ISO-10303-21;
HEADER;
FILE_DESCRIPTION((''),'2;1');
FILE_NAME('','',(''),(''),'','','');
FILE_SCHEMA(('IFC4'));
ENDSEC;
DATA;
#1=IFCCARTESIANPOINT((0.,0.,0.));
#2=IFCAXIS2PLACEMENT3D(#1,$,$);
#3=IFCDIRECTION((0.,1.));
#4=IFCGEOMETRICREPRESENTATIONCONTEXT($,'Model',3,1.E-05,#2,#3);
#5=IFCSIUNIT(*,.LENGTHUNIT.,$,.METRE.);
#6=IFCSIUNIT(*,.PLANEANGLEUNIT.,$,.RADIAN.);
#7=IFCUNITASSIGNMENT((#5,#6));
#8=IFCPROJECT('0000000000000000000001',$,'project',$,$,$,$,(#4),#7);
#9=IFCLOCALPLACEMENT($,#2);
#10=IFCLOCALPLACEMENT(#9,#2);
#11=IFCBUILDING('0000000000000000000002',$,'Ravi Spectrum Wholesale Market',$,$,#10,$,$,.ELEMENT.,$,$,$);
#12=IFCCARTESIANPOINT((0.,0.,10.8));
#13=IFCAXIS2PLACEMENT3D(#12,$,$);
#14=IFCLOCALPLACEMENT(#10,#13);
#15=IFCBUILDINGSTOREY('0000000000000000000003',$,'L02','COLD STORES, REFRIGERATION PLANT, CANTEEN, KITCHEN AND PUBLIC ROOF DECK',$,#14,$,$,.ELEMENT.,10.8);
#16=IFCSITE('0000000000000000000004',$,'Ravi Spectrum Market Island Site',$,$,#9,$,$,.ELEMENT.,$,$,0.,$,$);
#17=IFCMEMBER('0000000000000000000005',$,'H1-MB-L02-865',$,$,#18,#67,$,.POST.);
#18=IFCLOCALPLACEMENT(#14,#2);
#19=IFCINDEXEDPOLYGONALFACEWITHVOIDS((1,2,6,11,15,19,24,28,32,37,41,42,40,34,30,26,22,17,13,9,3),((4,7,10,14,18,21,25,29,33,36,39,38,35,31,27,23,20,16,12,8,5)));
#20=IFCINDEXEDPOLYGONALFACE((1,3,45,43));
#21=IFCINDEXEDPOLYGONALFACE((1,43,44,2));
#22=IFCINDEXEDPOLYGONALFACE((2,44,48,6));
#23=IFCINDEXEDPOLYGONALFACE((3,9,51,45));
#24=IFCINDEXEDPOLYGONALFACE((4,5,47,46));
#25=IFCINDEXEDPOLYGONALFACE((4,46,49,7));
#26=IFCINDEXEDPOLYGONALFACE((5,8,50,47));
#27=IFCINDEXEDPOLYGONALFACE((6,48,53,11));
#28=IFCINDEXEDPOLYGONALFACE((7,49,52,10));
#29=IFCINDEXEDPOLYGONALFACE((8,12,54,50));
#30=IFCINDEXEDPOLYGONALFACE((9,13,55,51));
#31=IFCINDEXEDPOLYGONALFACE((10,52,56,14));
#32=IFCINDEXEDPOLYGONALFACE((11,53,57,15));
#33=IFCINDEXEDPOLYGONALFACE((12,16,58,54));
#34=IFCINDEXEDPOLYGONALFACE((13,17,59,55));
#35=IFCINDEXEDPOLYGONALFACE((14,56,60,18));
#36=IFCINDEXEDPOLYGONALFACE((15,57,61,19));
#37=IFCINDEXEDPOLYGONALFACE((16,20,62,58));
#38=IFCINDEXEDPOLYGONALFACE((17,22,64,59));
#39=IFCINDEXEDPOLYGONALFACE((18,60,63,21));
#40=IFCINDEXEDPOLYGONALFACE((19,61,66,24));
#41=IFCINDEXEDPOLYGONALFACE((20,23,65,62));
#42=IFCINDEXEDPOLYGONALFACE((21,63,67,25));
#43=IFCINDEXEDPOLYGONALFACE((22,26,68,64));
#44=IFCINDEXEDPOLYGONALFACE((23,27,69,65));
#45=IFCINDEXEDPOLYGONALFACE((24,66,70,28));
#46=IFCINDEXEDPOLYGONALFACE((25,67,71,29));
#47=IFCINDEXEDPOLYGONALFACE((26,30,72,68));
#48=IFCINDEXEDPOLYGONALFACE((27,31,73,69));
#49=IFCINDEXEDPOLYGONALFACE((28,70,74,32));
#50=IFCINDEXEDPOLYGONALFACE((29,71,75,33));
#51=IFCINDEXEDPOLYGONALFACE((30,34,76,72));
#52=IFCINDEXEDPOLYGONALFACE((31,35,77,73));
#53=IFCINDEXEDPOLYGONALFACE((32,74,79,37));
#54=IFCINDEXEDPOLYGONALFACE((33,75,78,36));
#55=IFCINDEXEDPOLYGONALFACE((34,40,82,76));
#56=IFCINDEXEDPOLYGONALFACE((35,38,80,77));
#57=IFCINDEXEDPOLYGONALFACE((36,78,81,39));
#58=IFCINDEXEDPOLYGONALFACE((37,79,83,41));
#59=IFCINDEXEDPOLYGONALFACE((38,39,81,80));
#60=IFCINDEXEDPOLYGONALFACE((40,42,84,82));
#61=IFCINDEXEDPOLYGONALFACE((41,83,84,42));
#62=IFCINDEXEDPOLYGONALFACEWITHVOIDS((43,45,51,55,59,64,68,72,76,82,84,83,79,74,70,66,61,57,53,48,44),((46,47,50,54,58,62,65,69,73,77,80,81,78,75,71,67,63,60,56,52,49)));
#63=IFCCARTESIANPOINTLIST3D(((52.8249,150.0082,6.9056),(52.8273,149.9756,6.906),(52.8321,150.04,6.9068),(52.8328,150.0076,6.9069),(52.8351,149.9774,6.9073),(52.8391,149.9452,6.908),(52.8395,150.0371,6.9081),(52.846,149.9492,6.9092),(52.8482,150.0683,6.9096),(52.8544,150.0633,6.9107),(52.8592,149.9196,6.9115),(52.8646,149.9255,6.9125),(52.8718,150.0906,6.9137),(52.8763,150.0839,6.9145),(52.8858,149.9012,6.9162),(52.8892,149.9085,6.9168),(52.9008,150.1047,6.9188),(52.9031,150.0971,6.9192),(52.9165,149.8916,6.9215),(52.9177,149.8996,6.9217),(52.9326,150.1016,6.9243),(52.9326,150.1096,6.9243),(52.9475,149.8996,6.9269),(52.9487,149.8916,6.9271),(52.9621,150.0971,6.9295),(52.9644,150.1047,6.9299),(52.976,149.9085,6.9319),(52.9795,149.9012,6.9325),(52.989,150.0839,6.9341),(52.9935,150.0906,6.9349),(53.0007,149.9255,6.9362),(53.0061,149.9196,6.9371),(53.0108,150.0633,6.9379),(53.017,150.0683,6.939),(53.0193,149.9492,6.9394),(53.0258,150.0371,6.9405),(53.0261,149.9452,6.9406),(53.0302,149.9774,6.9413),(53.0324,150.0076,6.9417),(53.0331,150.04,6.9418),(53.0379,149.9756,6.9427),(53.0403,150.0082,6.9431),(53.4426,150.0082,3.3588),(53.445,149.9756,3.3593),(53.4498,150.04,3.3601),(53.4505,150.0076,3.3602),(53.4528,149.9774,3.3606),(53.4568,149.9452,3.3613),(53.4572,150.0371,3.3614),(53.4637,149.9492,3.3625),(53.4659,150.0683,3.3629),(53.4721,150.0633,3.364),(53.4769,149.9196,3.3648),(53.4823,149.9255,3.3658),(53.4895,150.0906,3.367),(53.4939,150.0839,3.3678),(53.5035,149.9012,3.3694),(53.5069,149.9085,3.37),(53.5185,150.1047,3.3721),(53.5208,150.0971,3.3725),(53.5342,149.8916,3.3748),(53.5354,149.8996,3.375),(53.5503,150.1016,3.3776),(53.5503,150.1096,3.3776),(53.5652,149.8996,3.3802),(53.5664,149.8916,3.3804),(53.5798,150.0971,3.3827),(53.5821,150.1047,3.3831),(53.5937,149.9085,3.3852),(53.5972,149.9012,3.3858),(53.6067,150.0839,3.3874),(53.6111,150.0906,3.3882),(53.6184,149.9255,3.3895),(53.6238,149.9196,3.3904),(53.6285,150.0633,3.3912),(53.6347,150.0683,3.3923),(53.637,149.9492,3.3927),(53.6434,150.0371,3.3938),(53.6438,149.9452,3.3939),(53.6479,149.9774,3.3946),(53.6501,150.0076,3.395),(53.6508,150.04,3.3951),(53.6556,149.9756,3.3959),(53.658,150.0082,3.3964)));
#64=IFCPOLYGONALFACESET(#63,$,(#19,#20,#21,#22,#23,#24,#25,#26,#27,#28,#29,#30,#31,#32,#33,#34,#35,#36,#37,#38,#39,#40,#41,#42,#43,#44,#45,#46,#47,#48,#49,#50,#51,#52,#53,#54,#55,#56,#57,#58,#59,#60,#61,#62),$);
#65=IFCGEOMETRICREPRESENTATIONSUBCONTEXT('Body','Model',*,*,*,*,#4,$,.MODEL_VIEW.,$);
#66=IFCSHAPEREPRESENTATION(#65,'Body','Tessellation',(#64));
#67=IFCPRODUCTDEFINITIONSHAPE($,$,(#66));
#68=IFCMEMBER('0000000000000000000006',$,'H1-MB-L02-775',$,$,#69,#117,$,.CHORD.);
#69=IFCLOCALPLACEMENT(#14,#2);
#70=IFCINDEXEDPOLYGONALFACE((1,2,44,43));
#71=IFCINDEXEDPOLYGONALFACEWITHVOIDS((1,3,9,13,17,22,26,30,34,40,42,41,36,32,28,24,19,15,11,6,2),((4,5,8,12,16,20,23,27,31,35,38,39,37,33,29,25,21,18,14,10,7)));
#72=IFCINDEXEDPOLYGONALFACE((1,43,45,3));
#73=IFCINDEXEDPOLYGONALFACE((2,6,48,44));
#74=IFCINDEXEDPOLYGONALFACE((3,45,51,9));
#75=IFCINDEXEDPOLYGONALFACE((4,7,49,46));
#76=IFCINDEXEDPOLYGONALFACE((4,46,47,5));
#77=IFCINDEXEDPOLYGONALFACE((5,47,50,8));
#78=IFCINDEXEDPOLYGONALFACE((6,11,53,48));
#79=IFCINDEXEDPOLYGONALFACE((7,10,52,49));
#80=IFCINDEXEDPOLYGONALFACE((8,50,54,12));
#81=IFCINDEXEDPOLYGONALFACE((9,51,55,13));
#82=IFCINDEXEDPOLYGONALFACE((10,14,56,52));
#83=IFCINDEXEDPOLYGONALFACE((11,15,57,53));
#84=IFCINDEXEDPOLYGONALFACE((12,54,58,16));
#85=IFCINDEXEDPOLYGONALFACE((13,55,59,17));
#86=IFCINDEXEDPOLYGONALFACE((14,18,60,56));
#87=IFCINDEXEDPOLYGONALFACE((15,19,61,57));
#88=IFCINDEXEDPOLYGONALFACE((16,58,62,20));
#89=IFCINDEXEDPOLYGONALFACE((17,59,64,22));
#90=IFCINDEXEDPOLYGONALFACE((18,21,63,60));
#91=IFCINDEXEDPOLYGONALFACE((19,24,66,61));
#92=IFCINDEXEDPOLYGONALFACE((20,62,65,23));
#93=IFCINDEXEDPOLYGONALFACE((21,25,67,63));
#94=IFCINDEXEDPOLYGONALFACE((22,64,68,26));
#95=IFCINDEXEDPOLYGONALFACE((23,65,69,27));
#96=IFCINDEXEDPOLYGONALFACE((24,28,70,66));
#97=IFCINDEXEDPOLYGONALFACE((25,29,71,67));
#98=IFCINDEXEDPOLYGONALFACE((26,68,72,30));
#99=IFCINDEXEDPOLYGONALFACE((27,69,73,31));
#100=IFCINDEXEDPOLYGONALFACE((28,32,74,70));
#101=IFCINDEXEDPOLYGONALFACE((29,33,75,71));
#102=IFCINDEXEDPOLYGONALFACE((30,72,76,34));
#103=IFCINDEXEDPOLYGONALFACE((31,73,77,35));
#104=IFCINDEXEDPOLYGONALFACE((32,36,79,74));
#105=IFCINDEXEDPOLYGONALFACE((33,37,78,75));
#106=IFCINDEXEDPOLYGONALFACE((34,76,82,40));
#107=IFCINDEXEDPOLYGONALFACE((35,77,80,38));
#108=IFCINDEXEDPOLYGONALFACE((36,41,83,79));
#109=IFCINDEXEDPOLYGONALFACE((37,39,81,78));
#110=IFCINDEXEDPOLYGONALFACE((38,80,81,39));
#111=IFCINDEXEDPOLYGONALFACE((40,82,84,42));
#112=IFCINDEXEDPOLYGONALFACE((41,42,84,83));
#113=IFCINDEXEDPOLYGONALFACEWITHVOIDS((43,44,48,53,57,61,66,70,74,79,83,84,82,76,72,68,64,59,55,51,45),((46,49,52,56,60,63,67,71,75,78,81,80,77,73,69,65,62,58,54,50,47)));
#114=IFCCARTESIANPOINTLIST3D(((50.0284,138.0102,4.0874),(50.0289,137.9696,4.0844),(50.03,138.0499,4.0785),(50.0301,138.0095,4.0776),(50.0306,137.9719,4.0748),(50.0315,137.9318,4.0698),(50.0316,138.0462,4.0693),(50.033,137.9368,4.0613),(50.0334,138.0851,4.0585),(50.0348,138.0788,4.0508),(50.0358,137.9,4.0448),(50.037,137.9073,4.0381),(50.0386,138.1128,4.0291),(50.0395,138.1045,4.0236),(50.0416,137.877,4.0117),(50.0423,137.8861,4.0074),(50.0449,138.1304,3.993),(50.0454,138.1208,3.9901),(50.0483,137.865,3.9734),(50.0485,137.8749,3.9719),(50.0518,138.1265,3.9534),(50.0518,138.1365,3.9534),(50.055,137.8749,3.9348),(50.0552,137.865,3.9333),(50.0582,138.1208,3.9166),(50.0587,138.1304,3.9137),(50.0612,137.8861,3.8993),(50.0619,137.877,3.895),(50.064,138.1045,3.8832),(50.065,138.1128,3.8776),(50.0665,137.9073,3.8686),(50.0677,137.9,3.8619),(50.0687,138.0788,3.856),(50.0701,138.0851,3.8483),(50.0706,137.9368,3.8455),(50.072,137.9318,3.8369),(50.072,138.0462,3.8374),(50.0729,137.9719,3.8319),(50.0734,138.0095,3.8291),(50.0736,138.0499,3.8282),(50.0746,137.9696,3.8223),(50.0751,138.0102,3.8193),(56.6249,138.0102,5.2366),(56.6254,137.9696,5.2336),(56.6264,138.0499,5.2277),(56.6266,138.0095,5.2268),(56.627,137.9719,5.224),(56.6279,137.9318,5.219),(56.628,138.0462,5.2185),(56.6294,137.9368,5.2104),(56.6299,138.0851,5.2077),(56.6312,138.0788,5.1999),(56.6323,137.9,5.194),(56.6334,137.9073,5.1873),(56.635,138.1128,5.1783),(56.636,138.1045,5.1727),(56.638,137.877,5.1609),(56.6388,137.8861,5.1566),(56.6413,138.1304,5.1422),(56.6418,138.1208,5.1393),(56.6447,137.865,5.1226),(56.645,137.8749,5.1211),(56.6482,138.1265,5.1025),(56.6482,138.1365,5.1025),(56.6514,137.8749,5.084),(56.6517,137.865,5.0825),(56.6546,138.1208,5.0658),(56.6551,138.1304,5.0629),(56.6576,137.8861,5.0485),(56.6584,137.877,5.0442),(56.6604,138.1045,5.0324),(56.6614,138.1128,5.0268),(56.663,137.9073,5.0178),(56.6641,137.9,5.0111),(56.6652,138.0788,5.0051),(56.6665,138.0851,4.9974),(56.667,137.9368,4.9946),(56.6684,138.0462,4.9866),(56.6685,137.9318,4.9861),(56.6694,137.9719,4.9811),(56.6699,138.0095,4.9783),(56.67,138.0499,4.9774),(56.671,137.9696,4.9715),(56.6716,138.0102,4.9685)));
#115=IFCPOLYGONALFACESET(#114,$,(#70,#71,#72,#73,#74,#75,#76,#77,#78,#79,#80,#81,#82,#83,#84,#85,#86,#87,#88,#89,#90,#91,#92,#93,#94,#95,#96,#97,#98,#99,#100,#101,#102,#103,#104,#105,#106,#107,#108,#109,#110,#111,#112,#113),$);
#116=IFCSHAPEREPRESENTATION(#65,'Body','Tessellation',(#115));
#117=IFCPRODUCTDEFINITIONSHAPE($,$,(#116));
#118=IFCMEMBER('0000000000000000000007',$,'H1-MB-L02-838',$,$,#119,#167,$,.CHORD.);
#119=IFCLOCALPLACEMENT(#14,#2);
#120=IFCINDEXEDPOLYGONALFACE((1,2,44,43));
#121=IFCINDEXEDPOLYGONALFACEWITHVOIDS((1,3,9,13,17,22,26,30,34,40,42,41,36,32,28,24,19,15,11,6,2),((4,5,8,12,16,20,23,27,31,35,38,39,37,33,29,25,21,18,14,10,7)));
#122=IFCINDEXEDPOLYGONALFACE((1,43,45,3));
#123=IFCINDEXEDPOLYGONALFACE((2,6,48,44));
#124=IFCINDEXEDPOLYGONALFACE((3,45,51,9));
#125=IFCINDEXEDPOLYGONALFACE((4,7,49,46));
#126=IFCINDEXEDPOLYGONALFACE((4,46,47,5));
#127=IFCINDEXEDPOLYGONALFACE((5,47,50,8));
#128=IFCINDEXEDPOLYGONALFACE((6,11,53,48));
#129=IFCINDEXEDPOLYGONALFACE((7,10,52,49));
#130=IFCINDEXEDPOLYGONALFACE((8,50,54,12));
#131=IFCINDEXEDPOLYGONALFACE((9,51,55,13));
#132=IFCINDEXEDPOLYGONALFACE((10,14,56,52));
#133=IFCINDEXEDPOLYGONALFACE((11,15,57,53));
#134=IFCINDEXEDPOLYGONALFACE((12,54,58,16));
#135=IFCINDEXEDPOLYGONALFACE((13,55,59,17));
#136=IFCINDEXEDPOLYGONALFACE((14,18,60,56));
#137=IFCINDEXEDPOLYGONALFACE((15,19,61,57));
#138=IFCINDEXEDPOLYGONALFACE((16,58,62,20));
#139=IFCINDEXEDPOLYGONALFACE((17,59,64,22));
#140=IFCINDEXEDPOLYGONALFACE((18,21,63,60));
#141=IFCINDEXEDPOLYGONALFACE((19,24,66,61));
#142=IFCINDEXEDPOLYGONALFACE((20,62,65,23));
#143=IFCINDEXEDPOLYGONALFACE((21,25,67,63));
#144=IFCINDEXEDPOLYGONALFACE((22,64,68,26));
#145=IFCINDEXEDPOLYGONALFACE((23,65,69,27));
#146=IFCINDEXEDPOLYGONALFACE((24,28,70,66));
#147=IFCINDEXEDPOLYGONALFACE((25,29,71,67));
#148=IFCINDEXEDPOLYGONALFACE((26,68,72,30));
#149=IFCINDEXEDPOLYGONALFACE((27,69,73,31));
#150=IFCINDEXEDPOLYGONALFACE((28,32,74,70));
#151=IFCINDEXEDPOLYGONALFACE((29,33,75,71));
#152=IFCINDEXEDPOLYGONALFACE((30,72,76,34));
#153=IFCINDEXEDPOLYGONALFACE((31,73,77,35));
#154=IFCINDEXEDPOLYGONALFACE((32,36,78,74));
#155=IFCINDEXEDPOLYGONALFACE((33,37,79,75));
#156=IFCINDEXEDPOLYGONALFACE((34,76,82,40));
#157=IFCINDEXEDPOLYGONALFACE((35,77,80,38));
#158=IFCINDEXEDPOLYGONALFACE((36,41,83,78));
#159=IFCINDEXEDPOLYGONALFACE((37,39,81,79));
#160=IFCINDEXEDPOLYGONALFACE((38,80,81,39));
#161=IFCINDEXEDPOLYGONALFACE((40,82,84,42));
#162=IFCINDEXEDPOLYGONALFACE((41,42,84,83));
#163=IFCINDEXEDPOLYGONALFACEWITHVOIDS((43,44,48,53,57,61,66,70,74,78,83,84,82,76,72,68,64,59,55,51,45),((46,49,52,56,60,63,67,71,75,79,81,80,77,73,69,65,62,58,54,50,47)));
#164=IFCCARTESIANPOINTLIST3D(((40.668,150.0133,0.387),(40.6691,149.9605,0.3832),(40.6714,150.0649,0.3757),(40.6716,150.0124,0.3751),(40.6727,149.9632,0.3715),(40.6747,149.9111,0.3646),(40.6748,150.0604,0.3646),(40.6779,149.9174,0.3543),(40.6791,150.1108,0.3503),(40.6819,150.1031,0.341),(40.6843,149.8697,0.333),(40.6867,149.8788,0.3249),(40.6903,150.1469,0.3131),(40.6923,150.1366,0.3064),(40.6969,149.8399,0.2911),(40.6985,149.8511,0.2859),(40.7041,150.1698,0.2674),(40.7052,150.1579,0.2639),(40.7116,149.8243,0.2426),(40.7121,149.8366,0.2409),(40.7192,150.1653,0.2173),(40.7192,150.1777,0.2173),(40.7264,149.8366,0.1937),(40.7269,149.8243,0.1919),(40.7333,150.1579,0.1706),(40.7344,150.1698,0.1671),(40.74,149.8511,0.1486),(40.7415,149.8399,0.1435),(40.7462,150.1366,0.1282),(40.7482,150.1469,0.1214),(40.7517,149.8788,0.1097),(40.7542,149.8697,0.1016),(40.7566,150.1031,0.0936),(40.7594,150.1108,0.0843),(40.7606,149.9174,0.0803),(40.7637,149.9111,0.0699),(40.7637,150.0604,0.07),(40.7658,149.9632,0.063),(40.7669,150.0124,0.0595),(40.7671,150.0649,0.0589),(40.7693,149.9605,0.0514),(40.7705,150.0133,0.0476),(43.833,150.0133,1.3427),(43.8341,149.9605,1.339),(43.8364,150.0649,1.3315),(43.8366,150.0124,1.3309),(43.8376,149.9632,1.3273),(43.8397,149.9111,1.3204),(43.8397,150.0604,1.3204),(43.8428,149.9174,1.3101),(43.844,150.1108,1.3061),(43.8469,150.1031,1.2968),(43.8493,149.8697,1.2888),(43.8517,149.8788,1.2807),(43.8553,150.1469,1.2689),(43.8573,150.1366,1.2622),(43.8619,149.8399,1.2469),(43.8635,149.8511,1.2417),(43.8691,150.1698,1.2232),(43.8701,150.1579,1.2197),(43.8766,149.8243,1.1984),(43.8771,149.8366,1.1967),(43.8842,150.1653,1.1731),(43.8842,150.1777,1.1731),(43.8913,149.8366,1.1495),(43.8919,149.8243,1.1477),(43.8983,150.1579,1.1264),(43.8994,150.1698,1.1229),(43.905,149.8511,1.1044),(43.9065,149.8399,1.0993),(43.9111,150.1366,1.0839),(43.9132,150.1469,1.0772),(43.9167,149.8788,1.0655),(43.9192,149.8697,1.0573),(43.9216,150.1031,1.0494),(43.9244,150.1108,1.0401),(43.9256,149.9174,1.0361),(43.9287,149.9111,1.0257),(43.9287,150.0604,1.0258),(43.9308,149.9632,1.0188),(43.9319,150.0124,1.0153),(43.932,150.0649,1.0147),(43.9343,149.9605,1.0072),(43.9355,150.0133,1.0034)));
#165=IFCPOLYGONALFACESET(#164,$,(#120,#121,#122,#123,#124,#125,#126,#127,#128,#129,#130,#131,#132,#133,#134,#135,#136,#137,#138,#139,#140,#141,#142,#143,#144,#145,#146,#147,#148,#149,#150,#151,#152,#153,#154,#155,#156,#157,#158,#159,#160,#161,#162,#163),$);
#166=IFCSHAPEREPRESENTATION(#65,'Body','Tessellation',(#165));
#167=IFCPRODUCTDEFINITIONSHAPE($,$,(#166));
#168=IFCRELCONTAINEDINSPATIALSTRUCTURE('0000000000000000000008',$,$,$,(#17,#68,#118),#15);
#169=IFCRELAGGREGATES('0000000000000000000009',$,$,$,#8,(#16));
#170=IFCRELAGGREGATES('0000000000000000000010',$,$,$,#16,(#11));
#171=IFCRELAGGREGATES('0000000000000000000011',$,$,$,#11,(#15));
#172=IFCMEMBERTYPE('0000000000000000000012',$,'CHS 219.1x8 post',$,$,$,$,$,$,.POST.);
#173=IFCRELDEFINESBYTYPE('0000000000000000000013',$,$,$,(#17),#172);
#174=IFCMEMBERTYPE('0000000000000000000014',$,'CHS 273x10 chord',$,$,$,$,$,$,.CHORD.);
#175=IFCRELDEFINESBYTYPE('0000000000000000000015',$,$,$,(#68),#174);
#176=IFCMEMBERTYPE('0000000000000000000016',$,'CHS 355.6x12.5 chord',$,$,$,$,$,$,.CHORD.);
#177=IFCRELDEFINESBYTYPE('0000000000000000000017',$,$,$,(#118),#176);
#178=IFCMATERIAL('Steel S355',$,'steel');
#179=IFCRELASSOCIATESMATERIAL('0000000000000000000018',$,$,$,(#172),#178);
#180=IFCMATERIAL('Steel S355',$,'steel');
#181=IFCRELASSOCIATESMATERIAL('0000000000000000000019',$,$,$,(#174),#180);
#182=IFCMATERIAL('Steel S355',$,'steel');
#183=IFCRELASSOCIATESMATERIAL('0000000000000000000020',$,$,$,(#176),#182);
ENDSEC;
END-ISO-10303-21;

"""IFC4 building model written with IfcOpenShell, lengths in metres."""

from ifc_helpers import new_model, si_unit, direction, frame, origin, origin_2d, place, context, subcontext, project, spatial, hollow_circle, extrude, material, material_profile, profile_set, type_object, element, save


model = new_model("IFC4")

# Units and contexts
model_context = context("Model", 3, precision=1e-05, world=origin(), true_north=direction((0.0, 1.0)))
body_context = subcontext(model_context, "Body", "Model", "MODEL_VIEW")
ifc_project = project(units=[si_unit("LENGTHUNIT", "METRE"), si_unit("PLANEANGLEUNIT", "RADIAN")], contexts=[model_context])

# Site, building, storey
site_placement = place(None, origin())
site = spatial("IfcSite", under=ifc_project, at=site_placement, Name="Ravi Spectrum Market Island Site", CompositionType="ELEMENT", RefElevation=0.0)
building_placement = place(site_placement, origin())
building = spatial("IfcBuilding", under=site, at=building_placement, Name="Ravi Spectrum Wholesale Market", CompositionType="ELEMENT")
storey_placement = place(building_placement, frame((0.0, 0.0, 10.8)))
storey = spatial("IfcBuildingStorey", under=building, at=storey_placement, Name="L02", Description="COLD STORES, REFRIGERATION PLANT, CANTEEN, KITCHEN AND PUBLIC ROOF DECK", CompositionType="ELEMENT", Elevation=10.8)

# Members
ifc_material_1 = material(Name="Steel S355", Category="steel")
ifc_material_profile_1 = material_profile(ifc_material_1, hollow_circle(Radius=0.1096, WallThickness=0.0081, at=origin_2d()))
ifc_profile_set_1 = profile_set([ifc_material_profile_1], Name="Steel S355")
member_type_1 = type_object("IfcMemberType", Name="CHS 219.1x8 post", PredefinedType="POST", material=ifc_profile_set_1)
for number, where, z_axis, x_axis, name in (
    (1, (52.9326, 150.0, 6.9243), (0.171576, 0.0, -0.985171), (0.0, 1.0, 0.0), "H1-MB-L02-865"),
):
    element("IfcMember", number, at=place(storey_placement, frame(where, z_axis=z_axis, x_axis=x_axis)), inside=storey, type_object=member_type_1, Name=name, PredefinedType="POST", context=body_context, shape_type="SweptSolid", body=[
        extrude(hollow_circle(Radius=0.1096, WallThickness=0.0081, at=origin_2d()), origin(), (0.0, 0.0, 1.0), 3.6001),
    ])
ifc_material_2 = material(Name="Steel S355", Category="steel")
ifc_material_profile_2 = material_profile(ifc_material_2, hollow_circle(Radius=0.1365, WallThickness=0.01, at=origin_2d()))
ifc_profile_set_2 = profile_set([ifc_material_profile_2], Name="Steel S355")
member_type_2 = type_object("IfcMemberType", Name="CHS 273x10 chord", PredefinedType="CHORD", material=ifc_profile_set_2)
member_1_placement = place(storey_placement, frame((50.0518, 138.0, 3.9534), z_axis=(0.985162, 0.0, 0.171626), x_axis=(0.0, 1.0, 0.0)))
element("IfcMember", 2, at=member_1_placement, inside=storey, type_object=member_type_2, Name="H1-MB-L02-775", PredefinedType="CHORD", context=body_context, shape_type="SweptSolid", body=[
    extrude(hollow_circle(Radius=0.1365, WallThickness=0.01, at=origin_2d()), origin(), (0.0, 0.0, 1.0), 6.6958),
])
ifc_material_3 = material(Name="Steel S355", Category="steel")
ifc_material_profile_3 = material_profile(ifc_material_3, hollow_circle(Radius=0.1777, WallThickness=0.0125, at=origin_2d()))
ifc_profile_set_3 = profile_set([ifc_material_profile_3], Name="Steel S355")
member_type_3 = type_object("IfcMemberType", Name="CHS 355.6x12.5 chord", PredefinedType="CHORD", material=ifc_profile_set_3)
for number, where, z_axis, x_axis, name in (
    (3, (40.7192, 150.0, 0.2173), (0.9573, 0.0, 0.289095), (0.0, 1.0, 0.0), "H1-MB-L02-838"),
):
    element("IfcMember", number, at=place(storey_placement, frame(where, z_axis=z_axis, x_axis=x_axis)), inside=storey, type_object=member_type_3, Name=name, PredefinedType="CHORD", context=body_context, shape_type="SweptSolid", body=[
        extrude(hollow_circle(Radius=0.1777, WallThickness=0.0125, at=origin_2d()), origin(), (0.0, 0.0, 1.0), 3.3062),
    ])

save(model, "model.ifc")
